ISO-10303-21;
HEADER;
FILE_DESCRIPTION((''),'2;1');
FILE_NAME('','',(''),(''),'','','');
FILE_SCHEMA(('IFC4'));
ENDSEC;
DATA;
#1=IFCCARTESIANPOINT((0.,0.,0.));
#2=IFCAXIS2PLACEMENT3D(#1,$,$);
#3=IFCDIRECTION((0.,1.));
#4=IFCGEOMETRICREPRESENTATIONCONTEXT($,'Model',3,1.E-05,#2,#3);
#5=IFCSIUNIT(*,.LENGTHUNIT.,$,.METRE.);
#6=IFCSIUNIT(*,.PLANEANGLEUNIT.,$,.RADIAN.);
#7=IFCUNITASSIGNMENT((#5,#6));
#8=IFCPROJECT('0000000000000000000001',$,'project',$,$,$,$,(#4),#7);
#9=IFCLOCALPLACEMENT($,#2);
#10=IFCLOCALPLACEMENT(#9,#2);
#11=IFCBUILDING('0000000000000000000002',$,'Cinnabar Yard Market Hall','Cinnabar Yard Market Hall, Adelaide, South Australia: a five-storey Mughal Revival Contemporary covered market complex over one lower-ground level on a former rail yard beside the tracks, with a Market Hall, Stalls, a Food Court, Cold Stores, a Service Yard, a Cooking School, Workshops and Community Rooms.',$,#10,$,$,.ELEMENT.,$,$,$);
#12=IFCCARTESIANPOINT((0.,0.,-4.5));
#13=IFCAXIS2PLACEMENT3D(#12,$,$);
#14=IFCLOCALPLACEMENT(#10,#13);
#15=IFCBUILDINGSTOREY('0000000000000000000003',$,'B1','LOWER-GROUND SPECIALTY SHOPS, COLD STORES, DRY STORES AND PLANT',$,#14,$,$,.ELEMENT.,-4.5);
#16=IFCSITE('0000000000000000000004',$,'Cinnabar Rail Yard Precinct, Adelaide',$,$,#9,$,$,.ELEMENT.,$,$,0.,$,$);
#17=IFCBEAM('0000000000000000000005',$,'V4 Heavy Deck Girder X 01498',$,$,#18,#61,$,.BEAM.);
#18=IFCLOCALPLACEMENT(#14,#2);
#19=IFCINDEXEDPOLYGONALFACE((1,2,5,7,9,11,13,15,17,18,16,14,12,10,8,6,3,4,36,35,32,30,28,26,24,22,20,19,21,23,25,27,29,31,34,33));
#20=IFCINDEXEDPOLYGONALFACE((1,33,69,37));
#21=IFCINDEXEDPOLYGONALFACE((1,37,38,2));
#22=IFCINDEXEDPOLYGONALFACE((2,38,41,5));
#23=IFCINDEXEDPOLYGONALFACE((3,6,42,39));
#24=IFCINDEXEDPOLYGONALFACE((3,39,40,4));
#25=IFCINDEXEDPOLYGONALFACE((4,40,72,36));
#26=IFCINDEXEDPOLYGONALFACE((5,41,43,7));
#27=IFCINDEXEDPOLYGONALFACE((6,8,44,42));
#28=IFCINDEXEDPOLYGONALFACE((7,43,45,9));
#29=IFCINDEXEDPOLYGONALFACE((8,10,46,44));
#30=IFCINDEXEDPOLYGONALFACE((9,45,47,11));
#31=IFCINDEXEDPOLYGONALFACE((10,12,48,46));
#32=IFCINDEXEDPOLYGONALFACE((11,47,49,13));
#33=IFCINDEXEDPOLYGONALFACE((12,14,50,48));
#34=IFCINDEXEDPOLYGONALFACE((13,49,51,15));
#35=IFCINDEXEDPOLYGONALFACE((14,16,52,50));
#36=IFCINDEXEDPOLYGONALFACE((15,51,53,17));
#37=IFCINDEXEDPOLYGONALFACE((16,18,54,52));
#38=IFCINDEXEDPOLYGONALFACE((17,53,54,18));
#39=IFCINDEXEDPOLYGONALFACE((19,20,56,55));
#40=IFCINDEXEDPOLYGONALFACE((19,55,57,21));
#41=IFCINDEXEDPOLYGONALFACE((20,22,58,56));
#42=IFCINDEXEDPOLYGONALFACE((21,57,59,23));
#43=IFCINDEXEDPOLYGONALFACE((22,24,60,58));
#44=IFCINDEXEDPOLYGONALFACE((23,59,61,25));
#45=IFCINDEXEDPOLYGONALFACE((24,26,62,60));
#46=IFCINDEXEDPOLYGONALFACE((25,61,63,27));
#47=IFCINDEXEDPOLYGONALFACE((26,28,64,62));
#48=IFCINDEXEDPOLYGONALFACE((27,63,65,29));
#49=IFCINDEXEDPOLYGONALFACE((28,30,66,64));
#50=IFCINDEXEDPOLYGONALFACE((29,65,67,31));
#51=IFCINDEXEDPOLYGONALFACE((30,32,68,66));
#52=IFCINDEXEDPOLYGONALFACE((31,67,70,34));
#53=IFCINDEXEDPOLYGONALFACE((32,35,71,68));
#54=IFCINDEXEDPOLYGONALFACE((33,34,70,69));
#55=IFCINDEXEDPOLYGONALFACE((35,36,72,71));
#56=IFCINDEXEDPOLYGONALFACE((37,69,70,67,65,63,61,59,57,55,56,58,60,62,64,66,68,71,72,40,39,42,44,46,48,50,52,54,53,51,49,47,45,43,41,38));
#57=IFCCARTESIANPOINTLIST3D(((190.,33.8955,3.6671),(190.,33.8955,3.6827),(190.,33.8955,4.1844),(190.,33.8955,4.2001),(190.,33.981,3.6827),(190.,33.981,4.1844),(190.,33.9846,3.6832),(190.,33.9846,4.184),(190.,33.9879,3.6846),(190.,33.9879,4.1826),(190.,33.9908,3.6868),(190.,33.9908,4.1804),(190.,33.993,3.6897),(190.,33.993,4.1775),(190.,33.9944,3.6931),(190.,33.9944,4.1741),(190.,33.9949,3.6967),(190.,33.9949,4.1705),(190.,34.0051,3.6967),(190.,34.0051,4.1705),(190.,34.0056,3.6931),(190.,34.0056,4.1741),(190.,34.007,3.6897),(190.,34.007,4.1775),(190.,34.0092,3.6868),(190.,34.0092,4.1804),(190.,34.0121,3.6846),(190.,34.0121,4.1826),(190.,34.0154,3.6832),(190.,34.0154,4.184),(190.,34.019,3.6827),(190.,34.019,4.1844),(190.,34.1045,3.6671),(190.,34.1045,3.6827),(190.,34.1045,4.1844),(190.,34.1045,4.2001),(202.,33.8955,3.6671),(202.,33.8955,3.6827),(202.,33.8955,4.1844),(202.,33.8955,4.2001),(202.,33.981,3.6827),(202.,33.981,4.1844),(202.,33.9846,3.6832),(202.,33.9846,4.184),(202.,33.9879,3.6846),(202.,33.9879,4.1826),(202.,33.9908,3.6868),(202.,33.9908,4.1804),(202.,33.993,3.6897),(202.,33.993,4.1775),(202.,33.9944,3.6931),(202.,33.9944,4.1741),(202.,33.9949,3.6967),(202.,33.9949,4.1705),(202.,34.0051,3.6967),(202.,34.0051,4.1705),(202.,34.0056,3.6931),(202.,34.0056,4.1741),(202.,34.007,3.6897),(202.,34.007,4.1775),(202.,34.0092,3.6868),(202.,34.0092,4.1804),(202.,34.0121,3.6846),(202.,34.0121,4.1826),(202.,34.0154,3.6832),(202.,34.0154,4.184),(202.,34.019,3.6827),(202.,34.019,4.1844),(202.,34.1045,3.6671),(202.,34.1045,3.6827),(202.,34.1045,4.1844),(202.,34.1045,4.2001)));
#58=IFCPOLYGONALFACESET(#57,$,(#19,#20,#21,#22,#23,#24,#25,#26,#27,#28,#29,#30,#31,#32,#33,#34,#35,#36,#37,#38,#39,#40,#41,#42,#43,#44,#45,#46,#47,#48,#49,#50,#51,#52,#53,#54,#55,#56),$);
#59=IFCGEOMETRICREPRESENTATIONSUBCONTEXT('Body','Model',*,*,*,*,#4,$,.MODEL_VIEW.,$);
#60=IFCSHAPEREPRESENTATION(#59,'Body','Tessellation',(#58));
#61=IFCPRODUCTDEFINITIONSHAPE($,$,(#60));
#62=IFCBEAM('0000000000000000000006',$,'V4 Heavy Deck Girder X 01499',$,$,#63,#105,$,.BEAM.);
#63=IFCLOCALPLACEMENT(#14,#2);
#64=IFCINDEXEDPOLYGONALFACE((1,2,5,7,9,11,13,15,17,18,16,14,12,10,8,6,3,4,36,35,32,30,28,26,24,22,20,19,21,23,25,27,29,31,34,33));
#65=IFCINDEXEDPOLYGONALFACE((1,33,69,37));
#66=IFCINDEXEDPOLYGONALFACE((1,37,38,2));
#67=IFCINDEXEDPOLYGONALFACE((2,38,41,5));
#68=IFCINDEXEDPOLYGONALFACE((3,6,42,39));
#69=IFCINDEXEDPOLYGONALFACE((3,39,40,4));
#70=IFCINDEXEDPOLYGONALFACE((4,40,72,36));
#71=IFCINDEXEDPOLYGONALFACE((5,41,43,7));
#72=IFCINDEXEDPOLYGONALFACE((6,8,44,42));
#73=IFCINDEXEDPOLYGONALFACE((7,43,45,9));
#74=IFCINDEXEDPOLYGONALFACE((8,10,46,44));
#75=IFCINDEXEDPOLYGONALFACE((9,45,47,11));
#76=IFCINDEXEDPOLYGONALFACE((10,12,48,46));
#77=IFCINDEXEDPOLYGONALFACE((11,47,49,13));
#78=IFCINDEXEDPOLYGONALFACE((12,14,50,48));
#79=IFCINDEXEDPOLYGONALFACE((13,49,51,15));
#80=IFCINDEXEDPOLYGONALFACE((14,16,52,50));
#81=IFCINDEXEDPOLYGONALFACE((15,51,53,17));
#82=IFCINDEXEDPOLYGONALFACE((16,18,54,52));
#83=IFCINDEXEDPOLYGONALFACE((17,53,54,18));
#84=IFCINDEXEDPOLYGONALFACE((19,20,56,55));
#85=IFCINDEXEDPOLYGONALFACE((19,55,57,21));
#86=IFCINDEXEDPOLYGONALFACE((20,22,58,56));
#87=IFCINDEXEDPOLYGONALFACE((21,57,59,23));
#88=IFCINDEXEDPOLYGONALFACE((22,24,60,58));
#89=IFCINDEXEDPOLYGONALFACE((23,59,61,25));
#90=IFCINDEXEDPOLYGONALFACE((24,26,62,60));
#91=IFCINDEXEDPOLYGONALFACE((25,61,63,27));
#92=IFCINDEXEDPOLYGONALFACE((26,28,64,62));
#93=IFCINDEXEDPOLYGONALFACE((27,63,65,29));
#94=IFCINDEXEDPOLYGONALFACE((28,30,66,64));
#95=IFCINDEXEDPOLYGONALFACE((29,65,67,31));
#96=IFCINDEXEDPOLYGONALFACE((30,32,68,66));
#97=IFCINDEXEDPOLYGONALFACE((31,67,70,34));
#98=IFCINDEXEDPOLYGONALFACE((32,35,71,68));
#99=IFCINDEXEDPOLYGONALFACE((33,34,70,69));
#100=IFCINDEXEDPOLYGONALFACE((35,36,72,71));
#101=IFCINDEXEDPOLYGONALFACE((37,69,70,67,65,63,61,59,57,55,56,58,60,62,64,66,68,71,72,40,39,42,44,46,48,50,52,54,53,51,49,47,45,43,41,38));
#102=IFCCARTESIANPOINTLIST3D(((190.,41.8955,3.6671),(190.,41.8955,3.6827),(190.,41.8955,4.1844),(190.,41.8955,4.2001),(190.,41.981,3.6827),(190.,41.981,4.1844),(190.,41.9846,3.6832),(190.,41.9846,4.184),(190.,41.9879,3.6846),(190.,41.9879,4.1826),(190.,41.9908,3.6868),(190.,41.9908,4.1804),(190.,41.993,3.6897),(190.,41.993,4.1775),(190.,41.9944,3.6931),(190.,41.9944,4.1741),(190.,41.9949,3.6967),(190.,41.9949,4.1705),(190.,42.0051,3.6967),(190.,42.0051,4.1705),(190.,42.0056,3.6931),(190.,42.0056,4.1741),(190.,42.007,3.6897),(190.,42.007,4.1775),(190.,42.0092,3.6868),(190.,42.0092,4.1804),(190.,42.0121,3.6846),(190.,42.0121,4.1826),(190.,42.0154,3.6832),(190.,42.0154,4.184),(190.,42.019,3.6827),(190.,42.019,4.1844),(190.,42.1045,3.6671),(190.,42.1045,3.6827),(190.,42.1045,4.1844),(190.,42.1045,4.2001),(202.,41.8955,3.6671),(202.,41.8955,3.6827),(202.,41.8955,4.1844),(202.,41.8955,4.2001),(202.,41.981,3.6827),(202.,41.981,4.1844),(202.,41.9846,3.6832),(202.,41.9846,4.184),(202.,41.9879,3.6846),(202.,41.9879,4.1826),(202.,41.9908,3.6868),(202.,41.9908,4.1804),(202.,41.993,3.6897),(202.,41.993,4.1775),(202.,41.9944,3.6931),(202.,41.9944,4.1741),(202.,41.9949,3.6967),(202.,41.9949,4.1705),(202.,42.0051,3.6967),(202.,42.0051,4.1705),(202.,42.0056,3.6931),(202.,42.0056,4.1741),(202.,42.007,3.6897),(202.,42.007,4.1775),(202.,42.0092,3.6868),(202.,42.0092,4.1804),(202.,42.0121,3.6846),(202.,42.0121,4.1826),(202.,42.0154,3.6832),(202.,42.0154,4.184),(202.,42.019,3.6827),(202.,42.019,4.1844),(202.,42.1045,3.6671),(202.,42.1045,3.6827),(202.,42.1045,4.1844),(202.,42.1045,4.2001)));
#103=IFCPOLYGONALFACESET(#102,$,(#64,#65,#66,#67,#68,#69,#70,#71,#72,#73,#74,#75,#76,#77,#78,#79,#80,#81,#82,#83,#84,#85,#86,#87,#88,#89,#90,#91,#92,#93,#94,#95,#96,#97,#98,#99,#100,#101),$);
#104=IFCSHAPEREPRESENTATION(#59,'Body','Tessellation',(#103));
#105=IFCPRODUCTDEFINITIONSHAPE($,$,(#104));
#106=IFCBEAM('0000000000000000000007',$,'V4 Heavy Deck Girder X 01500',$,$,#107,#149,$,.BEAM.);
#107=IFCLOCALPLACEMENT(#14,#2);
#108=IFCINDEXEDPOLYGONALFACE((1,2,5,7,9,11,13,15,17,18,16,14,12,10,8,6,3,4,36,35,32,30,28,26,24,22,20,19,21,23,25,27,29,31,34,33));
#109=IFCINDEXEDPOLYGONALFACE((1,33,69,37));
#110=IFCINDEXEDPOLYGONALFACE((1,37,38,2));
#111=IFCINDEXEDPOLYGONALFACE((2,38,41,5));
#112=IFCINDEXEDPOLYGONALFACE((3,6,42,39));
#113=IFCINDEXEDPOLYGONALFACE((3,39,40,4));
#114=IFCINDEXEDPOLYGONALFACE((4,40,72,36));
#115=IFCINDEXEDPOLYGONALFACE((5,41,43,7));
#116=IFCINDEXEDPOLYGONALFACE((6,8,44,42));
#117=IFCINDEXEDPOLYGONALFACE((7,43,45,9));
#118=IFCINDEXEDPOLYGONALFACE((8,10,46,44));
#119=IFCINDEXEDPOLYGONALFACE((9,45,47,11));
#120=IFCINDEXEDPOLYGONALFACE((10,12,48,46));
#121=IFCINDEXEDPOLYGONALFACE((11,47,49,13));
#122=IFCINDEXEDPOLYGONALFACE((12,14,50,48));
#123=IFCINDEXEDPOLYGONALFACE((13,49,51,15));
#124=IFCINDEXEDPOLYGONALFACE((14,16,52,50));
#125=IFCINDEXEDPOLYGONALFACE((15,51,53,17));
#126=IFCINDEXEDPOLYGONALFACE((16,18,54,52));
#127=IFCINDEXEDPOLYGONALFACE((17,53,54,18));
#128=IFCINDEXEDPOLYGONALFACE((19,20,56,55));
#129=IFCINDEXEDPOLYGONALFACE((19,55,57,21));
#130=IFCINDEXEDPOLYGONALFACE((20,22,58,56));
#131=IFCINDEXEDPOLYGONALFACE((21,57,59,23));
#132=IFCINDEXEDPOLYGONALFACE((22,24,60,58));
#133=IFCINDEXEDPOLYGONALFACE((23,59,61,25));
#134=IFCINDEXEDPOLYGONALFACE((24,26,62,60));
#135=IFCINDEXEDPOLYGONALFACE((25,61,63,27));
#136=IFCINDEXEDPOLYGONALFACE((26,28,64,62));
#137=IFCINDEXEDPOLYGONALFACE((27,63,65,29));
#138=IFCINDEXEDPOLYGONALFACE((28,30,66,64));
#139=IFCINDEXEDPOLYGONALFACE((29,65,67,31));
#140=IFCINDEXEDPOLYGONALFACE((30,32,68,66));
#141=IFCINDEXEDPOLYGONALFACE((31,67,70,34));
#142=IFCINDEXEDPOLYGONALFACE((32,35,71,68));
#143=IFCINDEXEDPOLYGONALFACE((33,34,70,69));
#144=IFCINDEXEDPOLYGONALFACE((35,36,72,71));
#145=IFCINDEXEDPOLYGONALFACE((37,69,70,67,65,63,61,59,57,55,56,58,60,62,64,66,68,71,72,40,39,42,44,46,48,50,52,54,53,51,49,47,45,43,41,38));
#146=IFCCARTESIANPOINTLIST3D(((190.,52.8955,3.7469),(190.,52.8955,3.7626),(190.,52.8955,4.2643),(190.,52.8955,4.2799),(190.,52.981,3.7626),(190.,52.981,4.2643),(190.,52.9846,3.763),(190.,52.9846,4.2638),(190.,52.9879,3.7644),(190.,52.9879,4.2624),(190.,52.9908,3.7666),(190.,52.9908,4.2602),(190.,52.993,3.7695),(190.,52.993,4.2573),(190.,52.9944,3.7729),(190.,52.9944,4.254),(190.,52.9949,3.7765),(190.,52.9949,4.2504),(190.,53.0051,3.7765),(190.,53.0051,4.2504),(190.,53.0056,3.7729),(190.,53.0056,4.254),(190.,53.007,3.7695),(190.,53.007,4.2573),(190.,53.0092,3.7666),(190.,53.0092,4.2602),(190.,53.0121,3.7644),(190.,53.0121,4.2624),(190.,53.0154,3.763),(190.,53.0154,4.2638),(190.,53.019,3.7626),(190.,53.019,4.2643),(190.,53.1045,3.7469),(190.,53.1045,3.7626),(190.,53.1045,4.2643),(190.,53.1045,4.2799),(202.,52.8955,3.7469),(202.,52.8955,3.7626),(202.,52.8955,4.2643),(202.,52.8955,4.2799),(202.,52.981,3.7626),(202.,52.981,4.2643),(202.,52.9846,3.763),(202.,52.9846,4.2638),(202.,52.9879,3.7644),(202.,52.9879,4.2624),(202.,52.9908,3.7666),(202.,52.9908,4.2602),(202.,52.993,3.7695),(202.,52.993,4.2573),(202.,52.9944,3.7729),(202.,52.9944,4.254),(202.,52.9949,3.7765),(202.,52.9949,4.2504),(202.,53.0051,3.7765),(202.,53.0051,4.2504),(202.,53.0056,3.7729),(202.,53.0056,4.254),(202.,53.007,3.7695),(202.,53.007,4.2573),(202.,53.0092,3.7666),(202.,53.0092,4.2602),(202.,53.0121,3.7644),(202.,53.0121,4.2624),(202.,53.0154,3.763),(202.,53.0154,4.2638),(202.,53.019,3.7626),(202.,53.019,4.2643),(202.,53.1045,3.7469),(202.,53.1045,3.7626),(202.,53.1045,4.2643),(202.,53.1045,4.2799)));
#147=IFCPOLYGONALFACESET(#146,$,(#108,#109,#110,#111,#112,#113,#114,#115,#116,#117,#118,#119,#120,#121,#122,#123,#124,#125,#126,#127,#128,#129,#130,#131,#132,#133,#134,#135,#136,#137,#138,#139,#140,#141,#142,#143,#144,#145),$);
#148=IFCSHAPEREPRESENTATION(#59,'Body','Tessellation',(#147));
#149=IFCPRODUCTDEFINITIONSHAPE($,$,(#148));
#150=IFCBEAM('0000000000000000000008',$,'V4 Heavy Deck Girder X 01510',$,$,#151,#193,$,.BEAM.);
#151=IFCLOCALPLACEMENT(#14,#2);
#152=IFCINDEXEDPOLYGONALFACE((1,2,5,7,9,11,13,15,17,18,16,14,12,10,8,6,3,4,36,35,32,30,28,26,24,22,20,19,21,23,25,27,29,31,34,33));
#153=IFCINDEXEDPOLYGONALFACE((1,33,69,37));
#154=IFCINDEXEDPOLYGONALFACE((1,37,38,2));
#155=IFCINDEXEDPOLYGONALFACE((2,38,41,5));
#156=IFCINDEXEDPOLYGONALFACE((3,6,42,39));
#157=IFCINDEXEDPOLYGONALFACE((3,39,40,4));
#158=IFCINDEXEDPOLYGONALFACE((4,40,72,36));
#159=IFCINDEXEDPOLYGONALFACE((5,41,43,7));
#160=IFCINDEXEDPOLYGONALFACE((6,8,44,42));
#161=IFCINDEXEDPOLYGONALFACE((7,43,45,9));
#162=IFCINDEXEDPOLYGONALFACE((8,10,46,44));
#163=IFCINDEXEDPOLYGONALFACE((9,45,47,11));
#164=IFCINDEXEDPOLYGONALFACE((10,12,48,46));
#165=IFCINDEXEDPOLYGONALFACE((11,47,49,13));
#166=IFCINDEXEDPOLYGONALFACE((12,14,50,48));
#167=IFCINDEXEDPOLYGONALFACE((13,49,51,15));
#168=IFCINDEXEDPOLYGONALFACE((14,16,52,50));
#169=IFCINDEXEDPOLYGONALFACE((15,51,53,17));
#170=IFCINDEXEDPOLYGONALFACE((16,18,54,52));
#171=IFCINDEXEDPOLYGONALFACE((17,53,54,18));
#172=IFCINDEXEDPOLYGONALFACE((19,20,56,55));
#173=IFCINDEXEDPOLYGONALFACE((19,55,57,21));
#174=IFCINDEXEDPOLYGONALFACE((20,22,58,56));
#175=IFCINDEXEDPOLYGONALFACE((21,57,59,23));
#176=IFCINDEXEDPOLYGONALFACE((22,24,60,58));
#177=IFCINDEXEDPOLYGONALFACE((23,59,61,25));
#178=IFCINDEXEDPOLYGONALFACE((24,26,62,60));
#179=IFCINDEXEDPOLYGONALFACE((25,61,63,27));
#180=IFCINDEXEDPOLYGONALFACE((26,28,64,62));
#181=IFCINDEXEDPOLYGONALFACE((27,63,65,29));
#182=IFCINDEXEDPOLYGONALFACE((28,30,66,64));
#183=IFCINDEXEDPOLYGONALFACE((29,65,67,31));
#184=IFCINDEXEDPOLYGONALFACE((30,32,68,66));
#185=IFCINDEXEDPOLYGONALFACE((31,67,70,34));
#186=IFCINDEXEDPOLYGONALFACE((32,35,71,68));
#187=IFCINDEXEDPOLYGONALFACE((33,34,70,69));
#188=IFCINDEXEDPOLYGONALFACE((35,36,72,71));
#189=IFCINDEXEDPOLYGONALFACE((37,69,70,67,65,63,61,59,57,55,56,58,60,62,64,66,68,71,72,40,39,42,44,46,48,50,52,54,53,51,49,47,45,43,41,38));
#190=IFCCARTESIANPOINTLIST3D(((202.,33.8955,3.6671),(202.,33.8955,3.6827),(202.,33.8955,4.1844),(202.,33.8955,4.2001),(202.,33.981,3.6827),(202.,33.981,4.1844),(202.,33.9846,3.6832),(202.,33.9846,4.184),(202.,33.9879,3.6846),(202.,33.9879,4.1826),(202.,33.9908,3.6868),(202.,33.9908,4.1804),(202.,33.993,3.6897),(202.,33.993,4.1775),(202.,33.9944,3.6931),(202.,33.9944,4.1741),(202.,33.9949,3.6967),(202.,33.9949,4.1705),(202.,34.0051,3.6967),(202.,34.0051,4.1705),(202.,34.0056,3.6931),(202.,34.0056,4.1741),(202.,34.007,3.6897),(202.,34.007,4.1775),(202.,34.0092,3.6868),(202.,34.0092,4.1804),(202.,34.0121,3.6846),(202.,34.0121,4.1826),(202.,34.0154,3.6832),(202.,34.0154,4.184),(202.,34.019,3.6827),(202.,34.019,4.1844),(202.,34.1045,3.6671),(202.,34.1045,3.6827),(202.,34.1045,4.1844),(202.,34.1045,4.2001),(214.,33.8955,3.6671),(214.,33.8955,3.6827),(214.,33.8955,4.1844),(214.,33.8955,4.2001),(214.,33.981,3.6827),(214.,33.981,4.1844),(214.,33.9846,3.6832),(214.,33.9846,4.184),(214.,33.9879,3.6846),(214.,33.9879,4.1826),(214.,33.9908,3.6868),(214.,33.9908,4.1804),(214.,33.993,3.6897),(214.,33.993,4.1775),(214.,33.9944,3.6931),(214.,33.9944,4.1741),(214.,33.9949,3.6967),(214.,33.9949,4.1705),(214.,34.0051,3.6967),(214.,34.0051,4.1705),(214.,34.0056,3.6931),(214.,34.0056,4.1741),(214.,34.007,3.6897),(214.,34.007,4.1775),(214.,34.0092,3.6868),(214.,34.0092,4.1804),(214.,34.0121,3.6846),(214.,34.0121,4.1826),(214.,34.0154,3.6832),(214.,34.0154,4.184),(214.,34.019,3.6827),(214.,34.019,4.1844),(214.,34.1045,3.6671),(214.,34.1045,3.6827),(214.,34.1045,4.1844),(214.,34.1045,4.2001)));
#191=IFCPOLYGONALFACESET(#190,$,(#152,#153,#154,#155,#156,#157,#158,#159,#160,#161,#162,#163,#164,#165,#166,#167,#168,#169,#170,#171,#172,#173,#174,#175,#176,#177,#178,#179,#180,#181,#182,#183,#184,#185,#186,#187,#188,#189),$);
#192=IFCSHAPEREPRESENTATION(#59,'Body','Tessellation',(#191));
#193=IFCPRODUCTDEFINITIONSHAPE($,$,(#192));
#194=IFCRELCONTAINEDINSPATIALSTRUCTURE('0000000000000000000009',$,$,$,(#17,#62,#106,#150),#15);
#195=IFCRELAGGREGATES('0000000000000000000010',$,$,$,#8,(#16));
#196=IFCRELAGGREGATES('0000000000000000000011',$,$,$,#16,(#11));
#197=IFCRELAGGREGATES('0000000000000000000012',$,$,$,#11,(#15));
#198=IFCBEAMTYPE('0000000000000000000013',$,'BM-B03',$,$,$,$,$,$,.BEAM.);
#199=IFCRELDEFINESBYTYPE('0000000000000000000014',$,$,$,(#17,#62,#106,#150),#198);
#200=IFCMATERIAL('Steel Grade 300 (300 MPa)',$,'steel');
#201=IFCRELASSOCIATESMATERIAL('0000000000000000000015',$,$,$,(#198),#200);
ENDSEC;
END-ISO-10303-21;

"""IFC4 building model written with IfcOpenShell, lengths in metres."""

from ifc_helpers import new_model, si_unit, direction, frame, origin, origin_2d_with_axis, place, context, subcontext, project, spatial, i_section, extrude, material, material_profile, profile_set, type_object, element, save


model = new_model("IFC4")

# Units and contexts
model_context = context("Model", 3, precision=1e-05, world=origin(), true_north=direction((0.0, 1.0)))
body_context = subcontext(model_context, "Body", "Model", "MODEL_VIEW")
ifc_project = project(units=[si_unit("LENGTHUNIT", "METRE"), si_unit("PLANEANGLEUNIT", "RADIAN")], contexts=[model_context])

# Site, building, storey
site_placement = place(None, origin())
site = spatial("IfcSite", under=ifc_project, at=site_placement, Name="Cinnabar Rail Yard Precinct, Adelaide", CompositionType="ELEMENT", RefElevation=0.0)
building_placement = place(site_placement, origin())
building = spatial("IfcBuilding", under=site, at=building_placement, Name="Cinnabar Yard Market Hall", Description="Cinnabar Yard Market Hall, Adelaide, South Australia: a five-storey Mughal Revival Contemporary covered market complex over one lower-ground level on a former rail yard beside the tracks, with a Market Hall, Stalls, a Food Court, Cold Stores, a Service Yard, a Cooking School, Workshops and Community Rooms.", CompositionType="ELEMENT")
storey_placement = place(building_placement, frame((0.0, 0.0, -4.5)))
storey = spatial("IfcBuildingStorey", under=building, at=storey_placement, Name="B1", Description="LOWER-GROUND SPECIALTY SHOPS, COLD STORES, DRY STORES AND PLANT", CompositionType="ELEMENT", Elevation=-4.5)

# Shared definitions
ifc_material_1 = material(Name="Steel Grade 300 (300 MPa)", Category="steel")

# Beams
ifc_material_profile_1 = material_profile(ifc_material_1, i_section(OverallWidth=0.209, OverallDepth=0.533, WebThickness=0.0103, FlangeThickness=0.0156, FilletRadius=0.0139, at=origin_2d_with_axis()), Name="530UB92.4")
ifc_profile_set_1 = profile_set([ifc_material_profile_1], Name="Steel Grade 300 (300 MPa)")
beam_type_1 = type_object("IfcBeamType", Name="BM-B03", PredefinedType="BEAM", material=ifc_profile_set_1)
for number, where, z_axis, x_axis, name in (
    (1, (190.0, 34.0, 3.9336), (1.0, 0.0, 0.0), (0.0, 1.0, 0.0), "V4 Heavy Deck Girder X 01498"),
    (2, (190.0, 42.0, 3.9336), (1.0, 0.0, 0.0), (0.0, 1.0, 0.0), "V4 Heavy Deck Girder X 01499"),
    (3, (190.0, 53.0, 4.0134), (1.0, 0.0, 0.0), (0.0, 1.0, 0.0), "V4 Heavy Deck Girder X 01500"),
    (4, (202.0, 34.0, 3.9336), (1.0, 0.0, 0.0), (0.0, 1.0, 0.0), "V4 Heavy Deck Girder X 01510"),
):
    element("IfcBeam", number, at=place(storey_placement, frame(where, z_axis=z_axis, x_axis=x_axis)), inside=storey, type_object=beam_type_1, Name=name, PredefinedType="BEAM", context=body_context, shape_type="SweptSolid", body=[
        extrude(i_section(OverallWidth=0.209, OverallDepth=0.533, WebThickness=0.0103, FlangeThickness=0.0156, FilletRadius=0.0139, at=origin_2d_with_axis()), origin(), (0.0, 0.0, 1.0), 12.0),
    ])

save(model, "model.ifc")
